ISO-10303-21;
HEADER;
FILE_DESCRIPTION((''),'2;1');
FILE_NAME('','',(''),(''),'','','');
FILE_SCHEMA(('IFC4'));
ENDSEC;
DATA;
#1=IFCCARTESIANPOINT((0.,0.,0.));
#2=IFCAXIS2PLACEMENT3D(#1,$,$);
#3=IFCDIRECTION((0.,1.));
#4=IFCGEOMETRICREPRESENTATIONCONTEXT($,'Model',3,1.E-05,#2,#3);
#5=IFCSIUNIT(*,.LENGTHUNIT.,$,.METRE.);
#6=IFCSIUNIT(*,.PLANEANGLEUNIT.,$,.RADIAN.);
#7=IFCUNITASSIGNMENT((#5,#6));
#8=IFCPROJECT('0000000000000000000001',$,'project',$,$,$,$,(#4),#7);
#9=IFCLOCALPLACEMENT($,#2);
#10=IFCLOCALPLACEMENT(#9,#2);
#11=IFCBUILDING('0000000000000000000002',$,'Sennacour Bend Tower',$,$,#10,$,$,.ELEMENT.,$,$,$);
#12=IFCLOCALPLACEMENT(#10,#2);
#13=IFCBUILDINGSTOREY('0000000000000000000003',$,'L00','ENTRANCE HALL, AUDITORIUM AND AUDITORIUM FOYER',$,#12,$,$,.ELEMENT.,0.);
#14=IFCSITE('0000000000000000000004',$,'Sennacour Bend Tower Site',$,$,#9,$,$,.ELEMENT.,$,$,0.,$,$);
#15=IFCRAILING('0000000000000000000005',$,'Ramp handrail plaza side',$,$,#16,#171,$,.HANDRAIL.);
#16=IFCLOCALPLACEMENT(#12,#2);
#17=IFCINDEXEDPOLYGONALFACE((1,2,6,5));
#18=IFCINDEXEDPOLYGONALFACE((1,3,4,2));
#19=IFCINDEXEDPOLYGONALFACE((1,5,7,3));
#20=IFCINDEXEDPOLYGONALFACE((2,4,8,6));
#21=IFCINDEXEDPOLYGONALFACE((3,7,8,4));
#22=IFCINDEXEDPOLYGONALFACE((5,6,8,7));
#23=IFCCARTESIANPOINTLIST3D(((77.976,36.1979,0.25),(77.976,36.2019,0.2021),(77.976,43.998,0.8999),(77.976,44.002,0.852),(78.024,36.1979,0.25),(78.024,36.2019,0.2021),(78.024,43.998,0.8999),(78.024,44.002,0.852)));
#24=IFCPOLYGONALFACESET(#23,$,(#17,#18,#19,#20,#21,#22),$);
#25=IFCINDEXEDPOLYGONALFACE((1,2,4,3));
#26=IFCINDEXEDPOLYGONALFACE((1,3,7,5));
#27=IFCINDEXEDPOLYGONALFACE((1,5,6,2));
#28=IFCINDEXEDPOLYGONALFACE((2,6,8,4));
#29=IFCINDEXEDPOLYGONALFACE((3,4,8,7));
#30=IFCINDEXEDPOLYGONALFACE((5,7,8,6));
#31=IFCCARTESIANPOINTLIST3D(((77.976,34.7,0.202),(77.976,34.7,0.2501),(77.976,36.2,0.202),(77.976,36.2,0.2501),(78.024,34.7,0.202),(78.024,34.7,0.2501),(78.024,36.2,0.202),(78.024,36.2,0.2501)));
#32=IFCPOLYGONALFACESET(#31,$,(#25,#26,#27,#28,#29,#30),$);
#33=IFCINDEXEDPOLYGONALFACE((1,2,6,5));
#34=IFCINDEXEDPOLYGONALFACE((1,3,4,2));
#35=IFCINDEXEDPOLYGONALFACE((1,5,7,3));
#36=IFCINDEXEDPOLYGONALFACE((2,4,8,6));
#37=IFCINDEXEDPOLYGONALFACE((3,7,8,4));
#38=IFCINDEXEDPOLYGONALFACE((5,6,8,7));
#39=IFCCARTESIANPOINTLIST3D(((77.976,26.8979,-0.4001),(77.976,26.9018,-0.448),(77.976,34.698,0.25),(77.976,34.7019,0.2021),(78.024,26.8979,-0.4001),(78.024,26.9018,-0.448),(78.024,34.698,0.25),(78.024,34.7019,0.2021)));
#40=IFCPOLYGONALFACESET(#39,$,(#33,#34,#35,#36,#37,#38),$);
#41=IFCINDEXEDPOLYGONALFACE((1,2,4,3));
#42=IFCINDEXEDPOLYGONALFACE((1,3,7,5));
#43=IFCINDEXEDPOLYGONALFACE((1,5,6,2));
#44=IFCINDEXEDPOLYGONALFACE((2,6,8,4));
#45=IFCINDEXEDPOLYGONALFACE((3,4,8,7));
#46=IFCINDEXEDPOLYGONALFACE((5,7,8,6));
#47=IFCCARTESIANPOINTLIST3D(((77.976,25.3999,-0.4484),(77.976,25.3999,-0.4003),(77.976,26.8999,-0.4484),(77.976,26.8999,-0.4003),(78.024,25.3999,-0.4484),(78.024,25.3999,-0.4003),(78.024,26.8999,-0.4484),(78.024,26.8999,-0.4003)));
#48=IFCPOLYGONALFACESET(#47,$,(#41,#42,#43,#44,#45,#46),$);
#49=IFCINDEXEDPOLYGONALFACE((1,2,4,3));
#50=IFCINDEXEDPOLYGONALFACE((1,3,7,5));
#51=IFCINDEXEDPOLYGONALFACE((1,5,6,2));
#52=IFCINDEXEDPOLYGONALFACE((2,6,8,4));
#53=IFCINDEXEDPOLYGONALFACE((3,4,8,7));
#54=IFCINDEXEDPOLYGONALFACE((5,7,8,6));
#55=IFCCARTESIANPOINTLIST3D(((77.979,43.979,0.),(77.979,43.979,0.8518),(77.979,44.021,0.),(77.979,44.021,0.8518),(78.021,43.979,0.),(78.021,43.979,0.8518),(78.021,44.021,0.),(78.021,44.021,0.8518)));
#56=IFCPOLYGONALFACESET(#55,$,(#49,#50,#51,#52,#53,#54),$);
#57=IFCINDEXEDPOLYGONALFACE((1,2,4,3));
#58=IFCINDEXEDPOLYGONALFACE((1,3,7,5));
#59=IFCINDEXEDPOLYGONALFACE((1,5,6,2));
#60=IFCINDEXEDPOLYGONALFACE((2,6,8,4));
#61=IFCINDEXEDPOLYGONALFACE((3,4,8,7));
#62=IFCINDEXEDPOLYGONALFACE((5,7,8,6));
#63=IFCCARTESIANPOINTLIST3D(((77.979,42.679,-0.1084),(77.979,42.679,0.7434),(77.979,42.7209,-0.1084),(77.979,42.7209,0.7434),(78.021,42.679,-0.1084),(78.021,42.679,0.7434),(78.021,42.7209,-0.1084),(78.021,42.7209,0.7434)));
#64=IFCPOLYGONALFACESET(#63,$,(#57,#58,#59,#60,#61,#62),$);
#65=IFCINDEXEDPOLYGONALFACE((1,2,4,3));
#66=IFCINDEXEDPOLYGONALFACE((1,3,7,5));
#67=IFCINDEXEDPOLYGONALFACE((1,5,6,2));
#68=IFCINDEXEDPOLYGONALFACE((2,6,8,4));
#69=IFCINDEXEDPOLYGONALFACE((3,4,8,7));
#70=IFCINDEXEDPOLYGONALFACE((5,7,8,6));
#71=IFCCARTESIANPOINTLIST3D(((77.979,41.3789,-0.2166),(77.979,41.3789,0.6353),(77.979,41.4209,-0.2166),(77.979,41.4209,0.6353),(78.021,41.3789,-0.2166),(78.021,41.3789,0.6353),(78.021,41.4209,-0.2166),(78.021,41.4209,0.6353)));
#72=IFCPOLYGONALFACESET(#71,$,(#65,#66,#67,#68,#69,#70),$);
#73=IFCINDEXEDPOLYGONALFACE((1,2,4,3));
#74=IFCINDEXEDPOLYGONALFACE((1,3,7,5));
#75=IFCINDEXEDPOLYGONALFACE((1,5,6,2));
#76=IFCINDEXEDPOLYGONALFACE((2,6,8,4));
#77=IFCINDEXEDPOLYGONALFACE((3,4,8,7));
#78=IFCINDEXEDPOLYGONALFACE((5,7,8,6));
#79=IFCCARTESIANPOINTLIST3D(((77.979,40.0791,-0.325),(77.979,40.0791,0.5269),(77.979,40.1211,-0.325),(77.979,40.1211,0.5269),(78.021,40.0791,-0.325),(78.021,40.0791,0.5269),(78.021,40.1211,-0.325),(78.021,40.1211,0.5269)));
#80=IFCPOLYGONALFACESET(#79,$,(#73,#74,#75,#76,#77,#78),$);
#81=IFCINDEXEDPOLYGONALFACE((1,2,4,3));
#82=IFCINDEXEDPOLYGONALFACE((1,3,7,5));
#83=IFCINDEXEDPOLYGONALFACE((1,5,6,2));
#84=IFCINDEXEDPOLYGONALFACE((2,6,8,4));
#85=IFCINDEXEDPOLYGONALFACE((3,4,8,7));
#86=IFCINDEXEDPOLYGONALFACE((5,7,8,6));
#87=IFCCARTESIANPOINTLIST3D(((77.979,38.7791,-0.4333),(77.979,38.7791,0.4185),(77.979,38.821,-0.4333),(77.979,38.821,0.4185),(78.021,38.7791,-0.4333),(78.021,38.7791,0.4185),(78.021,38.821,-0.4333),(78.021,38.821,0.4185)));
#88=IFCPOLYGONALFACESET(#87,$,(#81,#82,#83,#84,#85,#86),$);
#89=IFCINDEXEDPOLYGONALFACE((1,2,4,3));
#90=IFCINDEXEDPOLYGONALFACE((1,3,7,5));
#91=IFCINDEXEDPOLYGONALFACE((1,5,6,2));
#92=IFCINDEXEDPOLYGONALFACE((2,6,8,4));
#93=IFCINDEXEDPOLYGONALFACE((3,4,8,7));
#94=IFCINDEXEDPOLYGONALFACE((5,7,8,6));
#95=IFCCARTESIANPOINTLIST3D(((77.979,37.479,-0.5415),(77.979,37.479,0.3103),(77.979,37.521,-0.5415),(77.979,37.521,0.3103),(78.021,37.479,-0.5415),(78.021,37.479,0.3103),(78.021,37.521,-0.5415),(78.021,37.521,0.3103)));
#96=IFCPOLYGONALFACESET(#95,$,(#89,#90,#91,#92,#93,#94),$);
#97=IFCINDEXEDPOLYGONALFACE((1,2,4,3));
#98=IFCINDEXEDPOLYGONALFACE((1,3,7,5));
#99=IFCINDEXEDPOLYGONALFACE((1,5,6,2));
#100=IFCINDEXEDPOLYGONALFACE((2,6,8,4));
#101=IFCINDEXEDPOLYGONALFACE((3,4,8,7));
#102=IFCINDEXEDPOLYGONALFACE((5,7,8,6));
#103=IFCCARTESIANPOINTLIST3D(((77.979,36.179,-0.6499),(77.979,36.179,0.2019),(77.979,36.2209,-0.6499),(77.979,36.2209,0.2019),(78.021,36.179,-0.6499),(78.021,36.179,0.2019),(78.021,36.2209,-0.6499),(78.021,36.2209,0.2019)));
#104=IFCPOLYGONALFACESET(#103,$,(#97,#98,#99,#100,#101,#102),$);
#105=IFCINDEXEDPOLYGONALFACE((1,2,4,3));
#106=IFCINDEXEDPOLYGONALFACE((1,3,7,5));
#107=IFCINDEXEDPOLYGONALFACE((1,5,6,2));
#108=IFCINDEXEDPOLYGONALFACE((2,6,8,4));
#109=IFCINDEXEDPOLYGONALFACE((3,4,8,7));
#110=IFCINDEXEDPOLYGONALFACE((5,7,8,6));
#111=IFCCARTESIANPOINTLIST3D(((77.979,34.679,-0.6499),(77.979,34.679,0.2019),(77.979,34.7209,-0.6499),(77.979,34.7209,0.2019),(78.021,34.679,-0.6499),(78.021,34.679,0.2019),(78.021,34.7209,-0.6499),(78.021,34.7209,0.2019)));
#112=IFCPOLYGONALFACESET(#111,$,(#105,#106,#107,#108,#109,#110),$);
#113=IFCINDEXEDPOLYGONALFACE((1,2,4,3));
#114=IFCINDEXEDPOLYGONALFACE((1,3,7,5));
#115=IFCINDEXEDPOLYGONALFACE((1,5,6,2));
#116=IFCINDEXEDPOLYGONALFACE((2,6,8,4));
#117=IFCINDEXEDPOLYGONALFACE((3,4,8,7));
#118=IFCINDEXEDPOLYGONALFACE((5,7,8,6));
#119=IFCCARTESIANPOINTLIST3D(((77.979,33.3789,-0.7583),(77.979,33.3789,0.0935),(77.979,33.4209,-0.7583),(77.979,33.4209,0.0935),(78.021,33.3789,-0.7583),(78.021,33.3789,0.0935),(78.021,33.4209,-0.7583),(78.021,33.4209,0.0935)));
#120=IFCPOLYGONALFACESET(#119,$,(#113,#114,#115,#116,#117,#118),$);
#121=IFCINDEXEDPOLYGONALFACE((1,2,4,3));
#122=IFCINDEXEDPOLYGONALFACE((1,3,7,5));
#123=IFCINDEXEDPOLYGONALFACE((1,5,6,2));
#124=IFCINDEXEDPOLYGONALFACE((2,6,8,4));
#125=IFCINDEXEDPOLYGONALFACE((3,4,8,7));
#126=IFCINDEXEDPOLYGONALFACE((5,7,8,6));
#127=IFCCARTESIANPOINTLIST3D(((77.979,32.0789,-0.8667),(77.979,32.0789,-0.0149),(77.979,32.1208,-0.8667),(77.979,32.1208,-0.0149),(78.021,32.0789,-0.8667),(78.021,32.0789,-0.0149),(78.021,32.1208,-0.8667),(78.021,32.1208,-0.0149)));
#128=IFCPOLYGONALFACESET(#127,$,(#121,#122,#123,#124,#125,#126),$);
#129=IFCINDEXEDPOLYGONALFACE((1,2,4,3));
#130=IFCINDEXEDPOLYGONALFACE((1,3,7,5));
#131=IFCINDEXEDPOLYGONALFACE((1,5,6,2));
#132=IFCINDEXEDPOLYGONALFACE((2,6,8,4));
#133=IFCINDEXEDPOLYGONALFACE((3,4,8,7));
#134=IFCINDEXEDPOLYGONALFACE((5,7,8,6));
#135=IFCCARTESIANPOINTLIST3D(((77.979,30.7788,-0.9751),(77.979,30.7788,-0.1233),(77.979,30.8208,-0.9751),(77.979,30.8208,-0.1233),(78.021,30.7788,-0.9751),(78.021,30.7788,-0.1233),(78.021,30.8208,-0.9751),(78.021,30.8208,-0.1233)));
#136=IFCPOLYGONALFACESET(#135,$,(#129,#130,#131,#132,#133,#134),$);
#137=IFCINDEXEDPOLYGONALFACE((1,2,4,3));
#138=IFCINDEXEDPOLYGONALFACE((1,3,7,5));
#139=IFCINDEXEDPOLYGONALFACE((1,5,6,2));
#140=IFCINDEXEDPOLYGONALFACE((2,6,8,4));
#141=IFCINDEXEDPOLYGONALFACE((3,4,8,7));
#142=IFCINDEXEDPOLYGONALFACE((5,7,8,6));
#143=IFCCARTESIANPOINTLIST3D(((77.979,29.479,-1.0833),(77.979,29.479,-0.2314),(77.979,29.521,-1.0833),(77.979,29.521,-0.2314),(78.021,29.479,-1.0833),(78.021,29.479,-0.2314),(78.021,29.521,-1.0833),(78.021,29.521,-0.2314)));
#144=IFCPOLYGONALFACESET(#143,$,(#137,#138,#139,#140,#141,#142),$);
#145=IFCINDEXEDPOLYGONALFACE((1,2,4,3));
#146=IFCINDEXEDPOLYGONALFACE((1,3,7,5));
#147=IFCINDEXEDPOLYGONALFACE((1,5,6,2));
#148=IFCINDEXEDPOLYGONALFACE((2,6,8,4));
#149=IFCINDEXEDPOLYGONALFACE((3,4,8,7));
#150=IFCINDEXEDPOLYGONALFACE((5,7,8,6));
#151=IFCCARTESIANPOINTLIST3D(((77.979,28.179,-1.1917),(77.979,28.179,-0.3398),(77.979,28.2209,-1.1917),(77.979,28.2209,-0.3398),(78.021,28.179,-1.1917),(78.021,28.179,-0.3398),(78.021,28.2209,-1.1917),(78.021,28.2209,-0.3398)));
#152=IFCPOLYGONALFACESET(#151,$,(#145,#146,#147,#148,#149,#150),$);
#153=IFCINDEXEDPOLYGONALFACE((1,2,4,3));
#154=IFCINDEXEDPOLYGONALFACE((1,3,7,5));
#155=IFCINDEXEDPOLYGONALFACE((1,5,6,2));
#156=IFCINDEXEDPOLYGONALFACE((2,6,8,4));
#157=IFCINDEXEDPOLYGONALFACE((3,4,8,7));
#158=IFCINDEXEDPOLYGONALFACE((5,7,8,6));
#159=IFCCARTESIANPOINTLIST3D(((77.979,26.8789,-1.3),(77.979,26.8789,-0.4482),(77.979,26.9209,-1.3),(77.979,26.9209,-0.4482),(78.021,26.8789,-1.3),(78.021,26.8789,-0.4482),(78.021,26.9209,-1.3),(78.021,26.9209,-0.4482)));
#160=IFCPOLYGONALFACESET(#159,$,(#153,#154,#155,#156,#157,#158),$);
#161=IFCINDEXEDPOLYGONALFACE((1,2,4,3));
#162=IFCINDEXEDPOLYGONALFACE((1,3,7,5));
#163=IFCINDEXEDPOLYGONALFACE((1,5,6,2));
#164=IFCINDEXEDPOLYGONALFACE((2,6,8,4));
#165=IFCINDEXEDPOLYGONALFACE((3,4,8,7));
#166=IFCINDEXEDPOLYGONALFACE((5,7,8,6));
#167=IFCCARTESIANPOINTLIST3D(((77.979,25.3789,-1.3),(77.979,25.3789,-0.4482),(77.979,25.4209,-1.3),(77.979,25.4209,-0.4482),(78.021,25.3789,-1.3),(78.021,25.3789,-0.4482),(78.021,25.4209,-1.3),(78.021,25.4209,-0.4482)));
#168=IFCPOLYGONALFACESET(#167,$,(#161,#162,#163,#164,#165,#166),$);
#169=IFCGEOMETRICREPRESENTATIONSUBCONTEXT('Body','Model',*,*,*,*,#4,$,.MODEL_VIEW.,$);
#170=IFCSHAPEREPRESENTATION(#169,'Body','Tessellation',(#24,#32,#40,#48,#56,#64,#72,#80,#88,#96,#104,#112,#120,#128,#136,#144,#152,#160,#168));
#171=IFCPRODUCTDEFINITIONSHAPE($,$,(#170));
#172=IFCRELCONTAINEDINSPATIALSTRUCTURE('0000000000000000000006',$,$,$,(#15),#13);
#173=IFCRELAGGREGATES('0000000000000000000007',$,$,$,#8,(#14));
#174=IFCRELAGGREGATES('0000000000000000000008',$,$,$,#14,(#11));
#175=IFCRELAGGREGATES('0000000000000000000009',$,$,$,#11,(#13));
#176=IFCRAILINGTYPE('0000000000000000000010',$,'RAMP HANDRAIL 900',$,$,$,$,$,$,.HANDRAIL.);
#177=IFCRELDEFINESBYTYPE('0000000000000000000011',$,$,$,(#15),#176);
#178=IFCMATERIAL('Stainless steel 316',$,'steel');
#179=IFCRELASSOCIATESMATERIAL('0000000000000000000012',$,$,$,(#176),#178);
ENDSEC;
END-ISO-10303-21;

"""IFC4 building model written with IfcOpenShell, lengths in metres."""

from ifc_helpers import new_model, si_unit, direction, frame, origin, origin_2d, place, context, subcontext, project, spatial, rectangle, extrude, material, type_object, element, save


model = new_model("IFC4")

# Units and contexts
model_context = context("Model", 3, precision=1e-05, world=origin(), true_north=direction((0.0, 1.0)))
body_context = subcontext(model_context, "Body", "Model", "MODEL_VIEW")
ifc_project = project(units=[si_unit("LENGTHUNIT", "METRE"), si_unit("PLANEANGLEUNIT", "RADIAN")], contexts=[model_context])

# Site, building, storey
site_placement = place(None, origin())
site = spatial("IfcSite", under=ifc_project, at=site_placement, Name="Sennacour Bend Tower Site", CompositionType="ELEMENT", RefElevation=0.0)
building_placement = place(site_placement, origin())
building = spatial("IfcBuilding", under=site, at=building_placement, Name="Sennacour Bend Tower", CompositionType="ELEMENT")
storey_placement = place(building_placement, origin())
storey = spatial("IfcBuildingStorey", under=building, at=storey_placement, Name="L00", Description="ENTRANCE HALL, AUDITORIUM AND AUDITORIUM FOYER", CompositionType="ELEMENT", Elevation=0.0)

# Railing
ifc_material_1 = material(Name="Stainless steel 316", Category="steel")
railing_type_1 = type_object("IfcRailingType", Name="RAMP HANDRAIL 900", PredefinedType="HANDRAIL", material=ifc_material_1)
railing_1_placement = place(storey_placement, frame((78.0, 44.0, 0.0)))
element("IfcRailing", 1, at=railing_1_placement, inside=storey, type_object=railing_type_1, Name="Ramp handrail plaza side", PredefinedType="HANDRAIL", context=body_context, shape_type="SweptSolid", body=[
    extrude(rectangle(XDim=0.0481, YDim=0.0481, at=origin_2d()), frame((0.0, 0.0, 0.876), z_axis=(0.0, -0.996547, -0.083033), x_axis=(1.0, 0.0, 0.0)), (0.0, 0.0, 1.0), 7.8271),
    extrude(rectangle(XDim=0.0481, YDim=0.0481, at=origin_2d()), frame((0.0, -7.8, 0.2261), z_axis=(0.0, -1.0, 0.0), x_axis=(1.0, 0.0, 0.0)), (0.0, 0.0, 1.0), 1.5),
    extrude(rectangle(XDim=0.0481, YDim=0.0481, at=origin_2d()), frame((0.0, -9.3, 0.2261), z_axis=(0.0, -0.996544, -0.083064), x_axis=(1.0, 0.0, 0.0)), (0.0, 0.0, 1.0), 7.8271),
    extrude(rectangle(XDim=0.0481, YDim=0.0481, at=origin_2d()), frame((0.0, -17.1001, -0.4243), z_axis=(0.0, -1.0, 0.0), x_axis=(1.0, 0.0, 0.0)), (0.0, 0.0, 1.0), 1.5),
    extrude(rectangle(XDim=0.042, YDim=0.042, at=origin_2d()), origin(), (0.0, 0.0, 1.0), 0.8518),
    extrude(rectangle(XDim=0.042, YDim=0.042, at=origin_2d()), frame((0.0, -1.3, -0.1084)), (0.0, 0.0, 1.0), 0.8518),
    extrude(rectangle(XDim=0.042, YDim=0.042, at=origin_2d()), frame((0.0, -2.6001, -0.2166)), (0.0, 0.0, 1.0), 0.8518),
    extrude(rectangle(XDim=0.042, YDim=0.042, at=origin_2d()), frame((0.0, -3.8999, -0.325)), (0.0, 0.0, 1.0), 0.8518),
    extrude(rectangle(XDim=0.042, YDim=0.042, at=origin_2d()), frame((0.0, -5.2, -0.4333)), (0.0, 0.0, 1.0), 0.8518),
    extrude(rectangle(XDim=0.042, YDim=0.042, at=origin_2d()), frame((0.0, -6.5, -0.5415)), (0.0, 0.0, 1.0), 0.8518),
    extrude(rectangle(XDim=0.042, YDim=0.042, at=origin_2d()), frame((0.0, -7.8, -0.6499)), (0.0, 0.0, 1.0), 0.8518),
    extrude(rectangle(XDim=0.042, YDim=0.042, at=origin_2d()), frame((0.0, -9.3, -0.6499)), (0.0, 0.0, 1.0), 0.8518),
    extrude(rectangle(XDim=0.042, YDim=0.042, at=origin_2d()), frame((0.0, -10.6001, -0.7583)), (0.0, 0.0, 1.0), 0.8518),
    extrude(rectangle(XDim=0.042, YDim=0.042, at=origin_2d()), frame((0.0, -11.9001, -0.8667)), (0.0, 0.0, 1.0), 0.8518),
    extrude(rectangle(XDim=0.042, YDim=0.042, at=origin_2d()), frame((0.0, -13.2002, -0.9751)), (0.0, 0.0, 1.0), 0.8518),
    extrude(rectangle(XDim=0.042, YDim=0.042, at=origin_2d()), frame((0.0, -14.5, -1.0833)), (0.0, 0.0, 1.0), 0.8518),
    extrude(rectangle(XDim=0.042, YDim=0.042, at=origin_2d()), frame((0.0, -15.8, -1.1917)), (0.0, 0.0, 1.0), 0.8518),
    extrude(rectangle(XDim=0.042, YDim=0.042, at=origin_2d()), frame((0.0, -17.1001, -1.3)), (0.0, 0.0, 1.0), 0.8518),
    extrude(rectangle(XDim=0.042, YDim=0.042, at=origin_2d()), frame((0.0, -18.6001, -1.3)), (0.0, 0.0, 1.0), 0.8518),
])

save(model, "model.ifc")
